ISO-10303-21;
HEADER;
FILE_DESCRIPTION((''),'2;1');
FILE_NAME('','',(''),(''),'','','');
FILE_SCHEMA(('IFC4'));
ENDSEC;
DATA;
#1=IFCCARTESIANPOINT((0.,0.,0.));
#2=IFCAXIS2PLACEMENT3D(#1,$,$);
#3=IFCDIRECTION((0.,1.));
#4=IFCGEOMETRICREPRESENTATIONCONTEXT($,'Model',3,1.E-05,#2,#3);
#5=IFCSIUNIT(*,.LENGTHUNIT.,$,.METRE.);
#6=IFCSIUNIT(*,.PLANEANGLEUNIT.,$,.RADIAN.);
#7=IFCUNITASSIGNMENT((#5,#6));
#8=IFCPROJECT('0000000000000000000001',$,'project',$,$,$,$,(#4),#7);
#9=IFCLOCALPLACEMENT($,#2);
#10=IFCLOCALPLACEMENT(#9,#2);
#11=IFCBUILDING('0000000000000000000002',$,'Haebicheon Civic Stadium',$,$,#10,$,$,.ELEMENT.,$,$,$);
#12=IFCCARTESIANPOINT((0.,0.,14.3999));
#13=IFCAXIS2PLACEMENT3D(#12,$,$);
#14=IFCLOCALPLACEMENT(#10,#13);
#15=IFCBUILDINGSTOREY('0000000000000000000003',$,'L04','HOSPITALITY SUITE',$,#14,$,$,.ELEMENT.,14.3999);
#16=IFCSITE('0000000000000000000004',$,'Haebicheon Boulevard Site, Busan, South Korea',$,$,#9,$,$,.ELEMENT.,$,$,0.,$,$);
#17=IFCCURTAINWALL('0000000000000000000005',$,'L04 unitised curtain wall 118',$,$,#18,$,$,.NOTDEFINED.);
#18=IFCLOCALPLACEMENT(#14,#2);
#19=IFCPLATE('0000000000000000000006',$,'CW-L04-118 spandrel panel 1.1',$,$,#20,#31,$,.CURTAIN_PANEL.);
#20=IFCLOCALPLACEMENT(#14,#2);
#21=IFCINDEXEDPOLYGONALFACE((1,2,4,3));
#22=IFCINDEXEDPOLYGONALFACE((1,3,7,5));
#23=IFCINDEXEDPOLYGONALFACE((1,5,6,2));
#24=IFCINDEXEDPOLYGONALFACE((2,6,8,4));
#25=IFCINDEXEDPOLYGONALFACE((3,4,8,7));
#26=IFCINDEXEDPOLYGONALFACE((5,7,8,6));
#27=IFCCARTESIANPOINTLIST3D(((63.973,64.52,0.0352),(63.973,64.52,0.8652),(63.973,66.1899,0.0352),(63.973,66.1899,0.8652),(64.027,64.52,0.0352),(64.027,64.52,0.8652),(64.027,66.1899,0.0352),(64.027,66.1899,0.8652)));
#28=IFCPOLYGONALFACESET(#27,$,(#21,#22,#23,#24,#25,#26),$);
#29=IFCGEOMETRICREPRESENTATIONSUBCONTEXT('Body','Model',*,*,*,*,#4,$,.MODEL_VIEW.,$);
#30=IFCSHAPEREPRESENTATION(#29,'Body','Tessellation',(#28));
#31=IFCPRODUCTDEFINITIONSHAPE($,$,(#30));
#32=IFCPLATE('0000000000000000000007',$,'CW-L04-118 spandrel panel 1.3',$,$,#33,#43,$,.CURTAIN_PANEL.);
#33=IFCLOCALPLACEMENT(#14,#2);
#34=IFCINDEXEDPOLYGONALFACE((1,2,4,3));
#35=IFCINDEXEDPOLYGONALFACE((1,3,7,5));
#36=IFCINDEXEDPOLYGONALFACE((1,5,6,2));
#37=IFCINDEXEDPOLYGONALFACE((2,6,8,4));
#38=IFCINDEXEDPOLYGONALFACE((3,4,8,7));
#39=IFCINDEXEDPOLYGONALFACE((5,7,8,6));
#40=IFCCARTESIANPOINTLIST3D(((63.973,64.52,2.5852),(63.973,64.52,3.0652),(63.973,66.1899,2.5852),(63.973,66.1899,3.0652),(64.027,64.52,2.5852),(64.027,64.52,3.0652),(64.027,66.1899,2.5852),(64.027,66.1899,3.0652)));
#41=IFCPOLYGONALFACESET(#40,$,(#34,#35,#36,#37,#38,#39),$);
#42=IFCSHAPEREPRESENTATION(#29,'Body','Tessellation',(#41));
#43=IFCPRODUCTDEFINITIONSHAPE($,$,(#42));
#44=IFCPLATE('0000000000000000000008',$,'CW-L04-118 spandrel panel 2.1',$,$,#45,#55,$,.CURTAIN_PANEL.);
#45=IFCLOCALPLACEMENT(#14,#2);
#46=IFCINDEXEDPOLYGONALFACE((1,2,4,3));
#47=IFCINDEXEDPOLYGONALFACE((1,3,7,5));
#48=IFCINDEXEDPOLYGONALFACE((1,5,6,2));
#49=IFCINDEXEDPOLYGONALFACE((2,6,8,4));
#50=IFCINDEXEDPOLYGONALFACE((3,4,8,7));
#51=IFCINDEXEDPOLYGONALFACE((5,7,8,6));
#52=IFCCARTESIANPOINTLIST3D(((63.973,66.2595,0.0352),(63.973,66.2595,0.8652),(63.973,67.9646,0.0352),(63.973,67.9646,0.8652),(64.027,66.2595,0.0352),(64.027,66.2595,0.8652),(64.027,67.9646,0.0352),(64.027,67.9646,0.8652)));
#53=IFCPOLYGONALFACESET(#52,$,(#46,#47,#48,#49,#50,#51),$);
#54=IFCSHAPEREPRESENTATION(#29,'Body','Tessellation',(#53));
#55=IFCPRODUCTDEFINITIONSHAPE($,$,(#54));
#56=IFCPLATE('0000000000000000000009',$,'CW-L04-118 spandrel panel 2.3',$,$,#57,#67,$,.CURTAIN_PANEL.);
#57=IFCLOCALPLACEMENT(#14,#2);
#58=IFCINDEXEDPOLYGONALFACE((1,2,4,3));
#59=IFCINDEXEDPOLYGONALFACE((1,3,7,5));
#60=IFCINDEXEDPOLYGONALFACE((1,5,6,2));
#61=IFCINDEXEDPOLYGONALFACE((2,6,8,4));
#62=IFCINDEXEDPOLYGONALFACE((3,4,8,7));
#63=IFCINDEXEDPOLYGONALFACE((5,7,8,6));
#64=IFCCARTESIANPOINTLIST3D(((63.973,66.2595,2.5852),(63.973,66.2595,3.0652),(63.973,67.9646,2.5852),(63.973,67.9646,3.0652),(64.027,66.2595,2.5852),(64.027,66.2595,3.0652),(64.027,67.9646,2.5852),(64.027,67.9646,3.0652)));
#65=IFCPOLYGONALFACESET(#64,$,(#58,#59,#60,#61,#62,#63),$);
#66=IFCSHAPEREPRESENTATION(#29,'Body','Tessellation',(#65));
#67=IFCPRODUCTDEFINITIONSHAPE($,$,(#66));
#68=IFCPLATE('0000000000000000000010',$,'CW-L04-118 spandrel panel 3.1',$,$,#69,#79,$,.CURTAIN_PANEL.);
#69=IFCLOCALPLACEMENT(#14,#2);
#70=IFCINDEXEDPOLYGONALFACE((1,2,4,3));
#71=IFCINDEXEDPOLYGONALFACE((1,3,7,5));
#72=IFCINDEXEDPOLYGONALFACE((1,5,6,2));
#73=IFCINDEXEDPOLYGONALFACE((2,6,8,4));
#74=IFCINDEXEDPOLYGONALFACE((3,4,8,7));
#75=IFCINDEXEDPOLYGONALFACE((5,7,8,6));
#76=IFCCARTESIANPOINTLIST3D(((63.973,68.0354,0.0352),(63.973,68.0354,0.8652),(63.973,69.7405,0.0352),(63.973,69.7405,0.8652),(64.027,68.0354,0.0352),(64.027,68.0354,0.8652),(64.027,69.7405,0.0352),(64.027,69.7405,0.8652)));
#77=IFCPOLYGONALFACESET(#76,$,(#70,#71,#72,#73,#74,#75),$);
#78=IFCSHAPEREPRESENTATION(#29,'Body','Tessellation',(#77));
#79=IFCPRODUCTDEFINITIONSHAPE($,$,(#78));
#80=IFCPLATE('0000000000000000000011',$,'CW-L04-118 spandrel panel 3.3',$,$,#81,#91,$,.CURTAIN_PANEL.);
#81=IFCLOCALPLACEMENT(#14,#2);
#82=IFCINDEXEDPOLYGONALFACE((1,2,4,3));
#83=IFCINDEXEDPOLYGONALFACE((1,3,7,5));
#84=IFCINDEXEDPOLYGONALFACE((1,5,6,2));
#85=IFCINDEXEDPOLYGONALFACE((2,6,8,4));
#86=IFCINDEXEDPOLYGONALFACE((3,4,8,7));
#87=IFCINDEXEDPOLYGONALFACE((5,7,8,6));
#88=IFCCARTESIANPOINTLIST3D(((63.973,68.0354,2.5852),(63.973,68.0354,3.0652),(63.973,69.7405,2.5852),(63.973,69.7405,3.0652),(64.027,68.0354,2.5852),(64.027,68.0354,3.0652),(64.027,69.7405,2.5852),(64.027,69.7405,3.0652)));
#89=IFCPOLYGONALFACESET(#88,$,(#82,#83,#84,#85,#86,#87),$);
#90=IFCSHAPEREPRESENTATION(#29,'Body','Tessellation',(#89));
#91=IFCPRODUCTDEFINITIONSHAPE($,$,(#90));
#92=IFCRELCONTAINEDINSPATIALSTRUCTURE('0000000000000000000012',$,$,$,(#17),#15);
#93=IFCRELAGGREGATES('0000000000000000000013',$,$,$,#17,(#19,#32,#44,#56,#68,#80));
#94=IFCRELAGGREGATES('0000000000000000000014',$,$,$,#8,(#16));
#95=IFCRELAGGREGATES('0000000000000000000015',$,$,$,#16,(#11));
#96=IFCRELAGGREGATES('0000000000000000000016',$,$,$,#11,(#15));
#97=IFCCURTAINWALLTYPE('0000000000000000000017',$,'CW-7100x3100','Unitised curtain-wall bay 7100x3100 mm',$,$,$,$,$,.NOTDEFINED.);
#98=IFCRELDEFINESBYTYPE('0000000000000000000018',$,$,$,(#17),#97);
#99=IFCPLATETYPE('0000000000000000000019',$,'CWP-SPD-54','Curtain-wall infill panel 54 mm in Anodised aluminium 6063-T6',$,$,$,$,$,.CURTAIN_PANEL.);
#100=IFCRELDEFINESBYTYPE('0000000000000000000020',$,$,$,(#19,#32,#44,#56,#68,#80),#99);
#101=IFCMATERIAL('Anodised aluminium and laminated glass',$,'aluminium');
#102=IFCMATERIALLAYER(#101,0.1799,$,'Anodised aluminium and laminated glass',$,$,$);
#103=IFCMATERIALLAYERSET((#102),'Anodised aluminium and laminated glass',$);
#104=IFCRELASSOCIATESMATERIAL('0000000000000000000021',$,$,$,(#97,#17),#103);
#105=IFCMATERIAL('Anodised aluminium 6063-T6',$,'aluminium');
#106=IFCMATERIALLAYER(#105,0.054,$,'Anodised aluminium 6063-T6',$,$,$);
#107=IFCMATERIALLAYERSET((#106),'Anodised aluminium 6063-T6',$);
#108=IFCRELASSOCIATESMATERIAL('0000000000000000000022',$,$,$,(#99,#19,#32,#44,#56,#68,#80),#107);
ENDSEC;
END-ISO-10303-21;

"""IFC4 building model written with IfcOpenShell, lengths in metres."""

from ifc_helpers import new_model, si_unit, direction, frame, origin, origin_2d, place, context, subcontext, project, spatial, rectangle, extrude, material, layer, layer_set, type_object, element, aggregate, save


model = new_model("IFC4")

# Units and contexts
model_context = context("Model", 3, precision=1e-05, world=origin(), true_north=direction((0.0, 1.0)))
body_context = subcontext(model_context, "Body", "Model", "MODEL_VIEW")
ifc_project = project(units=[si_unit("LENGTHUNIT", "METRE"), si_unit("PLANEANGLEUNIT", "RADIAN")], contexts=[model_context])

# Site, building, storey
site_placement = place(None, origin())
site = spatial("IfcSite", under=ifc_project, at=site_placement, Name="Haebicheon Boulevard Site, Busan, South Korea", CompositionType="ELEMENT", RefElevation=0.0)
building_placement = place(site_placement, origin())
building = spatial("IfcBuilding", under=site, at=building_placement, Name="Haebicheon Civic Stadium", CompositionType="ELEMENT")
storey_placement = place(building_placement, frame((0.0, 0.0, 14.3999)))
storey = spatial("IfcBuildingStorey", under=building, at=storey_placement, Name="L04", Description="HOSPITALITY SUITE", CompositionType="ELEMENT", Elevation=14.3999)

# Curtain wall, plates
ifc_material_1 = material(Name="Anodised aluminium and laminated glass", Category="aluminium")
ifc_layer_1 = layer(ifc_material_1, 0.1799, Name="Anodised aluminium and laminated glass")
ifc_layer_set_1 = layer_set([ifc_layer_1], Name="Anodised aluminium and laminated glass")
curtain_wall_type = type_object("IfcCurtainWallType", Name="CW-7100x3100", Description="Unitised curtain-wall bay 7100x3100 mm", PredefinedType="NOTDEFINED", material=ifc_layer_set_1)
curtain_wall_placement = place(storey_placement, origin())
curtain_wall = element("IfcCurtainWall", 1, at=curtain_wall_placement, inside=storey, type_object=curtain_wall_type, material=ifc_layer_set_1, Name="L04 unitised curtain wall 118", PredefinedType="NOTDEFINED")
ifc_material_2 = material(Name="Anodised aluminium 6063-T6", Category="aluminium")
ifc_layer_2 = layer(ifc_material_2, 0.054, Name="Anodised aluminium 6063-T6")
ifc_layer_set_2 = layer_set([ifc_layer_2], Name="Anodised aluminium 6063-T6")
plate_type_1 = type_object("IfcPlateType", Name="CWP-SPD-54", Description="Curtain-wall infill panel 54 mm in Anodised aluminium 6063-T6", PredefinedType="CURTAIN_PANEL", material=ifc_layer_set_2)
plate_1_placement = place(storey_placement, frame((64.0, 65.355, 0.0352), z_axis=(0.0, 0.0, 1.0), x_axis=(0.0, 1.0, 0.0)))
plate_1 = element("IfcPlate", 2, at=plate_1_placement, type_object=plate_type_1, material=ifc_layer_set_2, Name="CW-L04-118 spandrel panel 1.1", PredefinedType="CURTAIN_PANEL", context=body_context, shape_type="SweptSolid", body=[
    extrude(rectangle(XDim=1.6699, YDim=0.054, at=origin_2d()), origin(), (0.0, 0.0, 1.0), 0.8301),
])
plate_2_placement = place(storey_placement, frame((64.0, 65.355, 2.5852), z_axis=(0.0, 0.0, 1.0), x_axis=(0.0, 1.0, 0.0)))
plate_2 = element("IfcPlate", 3, at=plate_2_placement, type_object=plate_type_1, material=ifc_layer_set_2, Name="CW-L04-118 spandrel panel 1.3", PredefinedType="CURTAIN_PANEL", context=body_context, shape_type="SweptSolid", body=[
    extrude(rectangle(XDim=1.6699, YDim=0.054, at=origin_2d()), origin(), (0.0, 0.0, 1.0), 0.48),
])
plate_3_placement = place(storey_placement, frame((64.0, 67.1121, 0.0352), z_axis=(0.0, 0.0, 1.0), x_axis=(0.0, 1.0, 0.0)))
plate_3 = element("IfcPlate", 4, at=plate_3_placement, type_object=plate_type_1, material=ifc_layer_set_2, Name="CW-L04-118 spandrel panel 2.1", PredefinedType="CURTAIN_PANEL", context=body_context, shape_type="SweptSolid", body=[
    extrude(rectangle(XDim=1.7051, YDim=0.054, at=origin_2d()), origin(), (0.0, 0.0, 1.0), 0.8301),
])
plate_4_placement = place(storey_placement, frame((64.0, 67.1121, 2.5852), z_axis=(0.0, 0.0, 1.0), x_axis=(0.0, 1.0, 0.0)))
plate_4 = element("IfcPlate", 5, at=plate_4_placement, type_object=plate_type_1, material=ifc_layer_set_2, Name="CW-L04-118 spandrel panel 2.3", PredefinedType="CURTAIN_PANEL", context=body_context, shape_type="SweptSolid", body=[
    extrude(rectangle(XDim=1.7051, YDim=0.054, at=origin_2d()), origin(), (0.0, 0.0, 1.0), 0.48),
])
plate_5_placement = place(storey_placement, frame((64.0, 68.8879, 0.0352), z_axis=(0.0, 0.0, 1.0), x_axis=(0.0, 1.0, 0.0)))
plate_5 = element("IfcPlate", 6, at=plate_5_placement, type_object=plate_type_1, material=ifc_layer_set_2, Name="CW-L04-118 spandrel panel 3.1", PredefinedType="CURTAIN_PANEL", context=body_context, shape_type="SweptSolid", body=[
    extrude(rectangle(XDim=1.7051, YDim=0.054, at=origin_2d()), origin(), (0.0, 0.0, 1.0), 0.8301),
])
plate_6_placement = place(storey_placement, frame((64.0, 68.8879, 2.5852), z_axis=(0.0, 0.0, 1.0), x_axis=(0.0, 1.0, 0.0)))
plate_6 = element("IfcPlate", 7, at=plate_6_placement, type_object=plate_type_1, material=ifc_layer_set_2, Name="CW-L04-118 spandrel panel 3.3", PredefinedType="CURTAIN_PANEL", context=body_context, shape_type="SweptSolid", body=[
    extrude(rectangle(XDim=1.7051, YDim=0.054, at=origin_2d()), origin(), (0.0, 0.0, 1.0), 0.48),
])
aggregate(curtain_wall, [plate_1, plate_2, plate_3, plate_4, plate_5, plate_6])

save(model, "model.ifc")
